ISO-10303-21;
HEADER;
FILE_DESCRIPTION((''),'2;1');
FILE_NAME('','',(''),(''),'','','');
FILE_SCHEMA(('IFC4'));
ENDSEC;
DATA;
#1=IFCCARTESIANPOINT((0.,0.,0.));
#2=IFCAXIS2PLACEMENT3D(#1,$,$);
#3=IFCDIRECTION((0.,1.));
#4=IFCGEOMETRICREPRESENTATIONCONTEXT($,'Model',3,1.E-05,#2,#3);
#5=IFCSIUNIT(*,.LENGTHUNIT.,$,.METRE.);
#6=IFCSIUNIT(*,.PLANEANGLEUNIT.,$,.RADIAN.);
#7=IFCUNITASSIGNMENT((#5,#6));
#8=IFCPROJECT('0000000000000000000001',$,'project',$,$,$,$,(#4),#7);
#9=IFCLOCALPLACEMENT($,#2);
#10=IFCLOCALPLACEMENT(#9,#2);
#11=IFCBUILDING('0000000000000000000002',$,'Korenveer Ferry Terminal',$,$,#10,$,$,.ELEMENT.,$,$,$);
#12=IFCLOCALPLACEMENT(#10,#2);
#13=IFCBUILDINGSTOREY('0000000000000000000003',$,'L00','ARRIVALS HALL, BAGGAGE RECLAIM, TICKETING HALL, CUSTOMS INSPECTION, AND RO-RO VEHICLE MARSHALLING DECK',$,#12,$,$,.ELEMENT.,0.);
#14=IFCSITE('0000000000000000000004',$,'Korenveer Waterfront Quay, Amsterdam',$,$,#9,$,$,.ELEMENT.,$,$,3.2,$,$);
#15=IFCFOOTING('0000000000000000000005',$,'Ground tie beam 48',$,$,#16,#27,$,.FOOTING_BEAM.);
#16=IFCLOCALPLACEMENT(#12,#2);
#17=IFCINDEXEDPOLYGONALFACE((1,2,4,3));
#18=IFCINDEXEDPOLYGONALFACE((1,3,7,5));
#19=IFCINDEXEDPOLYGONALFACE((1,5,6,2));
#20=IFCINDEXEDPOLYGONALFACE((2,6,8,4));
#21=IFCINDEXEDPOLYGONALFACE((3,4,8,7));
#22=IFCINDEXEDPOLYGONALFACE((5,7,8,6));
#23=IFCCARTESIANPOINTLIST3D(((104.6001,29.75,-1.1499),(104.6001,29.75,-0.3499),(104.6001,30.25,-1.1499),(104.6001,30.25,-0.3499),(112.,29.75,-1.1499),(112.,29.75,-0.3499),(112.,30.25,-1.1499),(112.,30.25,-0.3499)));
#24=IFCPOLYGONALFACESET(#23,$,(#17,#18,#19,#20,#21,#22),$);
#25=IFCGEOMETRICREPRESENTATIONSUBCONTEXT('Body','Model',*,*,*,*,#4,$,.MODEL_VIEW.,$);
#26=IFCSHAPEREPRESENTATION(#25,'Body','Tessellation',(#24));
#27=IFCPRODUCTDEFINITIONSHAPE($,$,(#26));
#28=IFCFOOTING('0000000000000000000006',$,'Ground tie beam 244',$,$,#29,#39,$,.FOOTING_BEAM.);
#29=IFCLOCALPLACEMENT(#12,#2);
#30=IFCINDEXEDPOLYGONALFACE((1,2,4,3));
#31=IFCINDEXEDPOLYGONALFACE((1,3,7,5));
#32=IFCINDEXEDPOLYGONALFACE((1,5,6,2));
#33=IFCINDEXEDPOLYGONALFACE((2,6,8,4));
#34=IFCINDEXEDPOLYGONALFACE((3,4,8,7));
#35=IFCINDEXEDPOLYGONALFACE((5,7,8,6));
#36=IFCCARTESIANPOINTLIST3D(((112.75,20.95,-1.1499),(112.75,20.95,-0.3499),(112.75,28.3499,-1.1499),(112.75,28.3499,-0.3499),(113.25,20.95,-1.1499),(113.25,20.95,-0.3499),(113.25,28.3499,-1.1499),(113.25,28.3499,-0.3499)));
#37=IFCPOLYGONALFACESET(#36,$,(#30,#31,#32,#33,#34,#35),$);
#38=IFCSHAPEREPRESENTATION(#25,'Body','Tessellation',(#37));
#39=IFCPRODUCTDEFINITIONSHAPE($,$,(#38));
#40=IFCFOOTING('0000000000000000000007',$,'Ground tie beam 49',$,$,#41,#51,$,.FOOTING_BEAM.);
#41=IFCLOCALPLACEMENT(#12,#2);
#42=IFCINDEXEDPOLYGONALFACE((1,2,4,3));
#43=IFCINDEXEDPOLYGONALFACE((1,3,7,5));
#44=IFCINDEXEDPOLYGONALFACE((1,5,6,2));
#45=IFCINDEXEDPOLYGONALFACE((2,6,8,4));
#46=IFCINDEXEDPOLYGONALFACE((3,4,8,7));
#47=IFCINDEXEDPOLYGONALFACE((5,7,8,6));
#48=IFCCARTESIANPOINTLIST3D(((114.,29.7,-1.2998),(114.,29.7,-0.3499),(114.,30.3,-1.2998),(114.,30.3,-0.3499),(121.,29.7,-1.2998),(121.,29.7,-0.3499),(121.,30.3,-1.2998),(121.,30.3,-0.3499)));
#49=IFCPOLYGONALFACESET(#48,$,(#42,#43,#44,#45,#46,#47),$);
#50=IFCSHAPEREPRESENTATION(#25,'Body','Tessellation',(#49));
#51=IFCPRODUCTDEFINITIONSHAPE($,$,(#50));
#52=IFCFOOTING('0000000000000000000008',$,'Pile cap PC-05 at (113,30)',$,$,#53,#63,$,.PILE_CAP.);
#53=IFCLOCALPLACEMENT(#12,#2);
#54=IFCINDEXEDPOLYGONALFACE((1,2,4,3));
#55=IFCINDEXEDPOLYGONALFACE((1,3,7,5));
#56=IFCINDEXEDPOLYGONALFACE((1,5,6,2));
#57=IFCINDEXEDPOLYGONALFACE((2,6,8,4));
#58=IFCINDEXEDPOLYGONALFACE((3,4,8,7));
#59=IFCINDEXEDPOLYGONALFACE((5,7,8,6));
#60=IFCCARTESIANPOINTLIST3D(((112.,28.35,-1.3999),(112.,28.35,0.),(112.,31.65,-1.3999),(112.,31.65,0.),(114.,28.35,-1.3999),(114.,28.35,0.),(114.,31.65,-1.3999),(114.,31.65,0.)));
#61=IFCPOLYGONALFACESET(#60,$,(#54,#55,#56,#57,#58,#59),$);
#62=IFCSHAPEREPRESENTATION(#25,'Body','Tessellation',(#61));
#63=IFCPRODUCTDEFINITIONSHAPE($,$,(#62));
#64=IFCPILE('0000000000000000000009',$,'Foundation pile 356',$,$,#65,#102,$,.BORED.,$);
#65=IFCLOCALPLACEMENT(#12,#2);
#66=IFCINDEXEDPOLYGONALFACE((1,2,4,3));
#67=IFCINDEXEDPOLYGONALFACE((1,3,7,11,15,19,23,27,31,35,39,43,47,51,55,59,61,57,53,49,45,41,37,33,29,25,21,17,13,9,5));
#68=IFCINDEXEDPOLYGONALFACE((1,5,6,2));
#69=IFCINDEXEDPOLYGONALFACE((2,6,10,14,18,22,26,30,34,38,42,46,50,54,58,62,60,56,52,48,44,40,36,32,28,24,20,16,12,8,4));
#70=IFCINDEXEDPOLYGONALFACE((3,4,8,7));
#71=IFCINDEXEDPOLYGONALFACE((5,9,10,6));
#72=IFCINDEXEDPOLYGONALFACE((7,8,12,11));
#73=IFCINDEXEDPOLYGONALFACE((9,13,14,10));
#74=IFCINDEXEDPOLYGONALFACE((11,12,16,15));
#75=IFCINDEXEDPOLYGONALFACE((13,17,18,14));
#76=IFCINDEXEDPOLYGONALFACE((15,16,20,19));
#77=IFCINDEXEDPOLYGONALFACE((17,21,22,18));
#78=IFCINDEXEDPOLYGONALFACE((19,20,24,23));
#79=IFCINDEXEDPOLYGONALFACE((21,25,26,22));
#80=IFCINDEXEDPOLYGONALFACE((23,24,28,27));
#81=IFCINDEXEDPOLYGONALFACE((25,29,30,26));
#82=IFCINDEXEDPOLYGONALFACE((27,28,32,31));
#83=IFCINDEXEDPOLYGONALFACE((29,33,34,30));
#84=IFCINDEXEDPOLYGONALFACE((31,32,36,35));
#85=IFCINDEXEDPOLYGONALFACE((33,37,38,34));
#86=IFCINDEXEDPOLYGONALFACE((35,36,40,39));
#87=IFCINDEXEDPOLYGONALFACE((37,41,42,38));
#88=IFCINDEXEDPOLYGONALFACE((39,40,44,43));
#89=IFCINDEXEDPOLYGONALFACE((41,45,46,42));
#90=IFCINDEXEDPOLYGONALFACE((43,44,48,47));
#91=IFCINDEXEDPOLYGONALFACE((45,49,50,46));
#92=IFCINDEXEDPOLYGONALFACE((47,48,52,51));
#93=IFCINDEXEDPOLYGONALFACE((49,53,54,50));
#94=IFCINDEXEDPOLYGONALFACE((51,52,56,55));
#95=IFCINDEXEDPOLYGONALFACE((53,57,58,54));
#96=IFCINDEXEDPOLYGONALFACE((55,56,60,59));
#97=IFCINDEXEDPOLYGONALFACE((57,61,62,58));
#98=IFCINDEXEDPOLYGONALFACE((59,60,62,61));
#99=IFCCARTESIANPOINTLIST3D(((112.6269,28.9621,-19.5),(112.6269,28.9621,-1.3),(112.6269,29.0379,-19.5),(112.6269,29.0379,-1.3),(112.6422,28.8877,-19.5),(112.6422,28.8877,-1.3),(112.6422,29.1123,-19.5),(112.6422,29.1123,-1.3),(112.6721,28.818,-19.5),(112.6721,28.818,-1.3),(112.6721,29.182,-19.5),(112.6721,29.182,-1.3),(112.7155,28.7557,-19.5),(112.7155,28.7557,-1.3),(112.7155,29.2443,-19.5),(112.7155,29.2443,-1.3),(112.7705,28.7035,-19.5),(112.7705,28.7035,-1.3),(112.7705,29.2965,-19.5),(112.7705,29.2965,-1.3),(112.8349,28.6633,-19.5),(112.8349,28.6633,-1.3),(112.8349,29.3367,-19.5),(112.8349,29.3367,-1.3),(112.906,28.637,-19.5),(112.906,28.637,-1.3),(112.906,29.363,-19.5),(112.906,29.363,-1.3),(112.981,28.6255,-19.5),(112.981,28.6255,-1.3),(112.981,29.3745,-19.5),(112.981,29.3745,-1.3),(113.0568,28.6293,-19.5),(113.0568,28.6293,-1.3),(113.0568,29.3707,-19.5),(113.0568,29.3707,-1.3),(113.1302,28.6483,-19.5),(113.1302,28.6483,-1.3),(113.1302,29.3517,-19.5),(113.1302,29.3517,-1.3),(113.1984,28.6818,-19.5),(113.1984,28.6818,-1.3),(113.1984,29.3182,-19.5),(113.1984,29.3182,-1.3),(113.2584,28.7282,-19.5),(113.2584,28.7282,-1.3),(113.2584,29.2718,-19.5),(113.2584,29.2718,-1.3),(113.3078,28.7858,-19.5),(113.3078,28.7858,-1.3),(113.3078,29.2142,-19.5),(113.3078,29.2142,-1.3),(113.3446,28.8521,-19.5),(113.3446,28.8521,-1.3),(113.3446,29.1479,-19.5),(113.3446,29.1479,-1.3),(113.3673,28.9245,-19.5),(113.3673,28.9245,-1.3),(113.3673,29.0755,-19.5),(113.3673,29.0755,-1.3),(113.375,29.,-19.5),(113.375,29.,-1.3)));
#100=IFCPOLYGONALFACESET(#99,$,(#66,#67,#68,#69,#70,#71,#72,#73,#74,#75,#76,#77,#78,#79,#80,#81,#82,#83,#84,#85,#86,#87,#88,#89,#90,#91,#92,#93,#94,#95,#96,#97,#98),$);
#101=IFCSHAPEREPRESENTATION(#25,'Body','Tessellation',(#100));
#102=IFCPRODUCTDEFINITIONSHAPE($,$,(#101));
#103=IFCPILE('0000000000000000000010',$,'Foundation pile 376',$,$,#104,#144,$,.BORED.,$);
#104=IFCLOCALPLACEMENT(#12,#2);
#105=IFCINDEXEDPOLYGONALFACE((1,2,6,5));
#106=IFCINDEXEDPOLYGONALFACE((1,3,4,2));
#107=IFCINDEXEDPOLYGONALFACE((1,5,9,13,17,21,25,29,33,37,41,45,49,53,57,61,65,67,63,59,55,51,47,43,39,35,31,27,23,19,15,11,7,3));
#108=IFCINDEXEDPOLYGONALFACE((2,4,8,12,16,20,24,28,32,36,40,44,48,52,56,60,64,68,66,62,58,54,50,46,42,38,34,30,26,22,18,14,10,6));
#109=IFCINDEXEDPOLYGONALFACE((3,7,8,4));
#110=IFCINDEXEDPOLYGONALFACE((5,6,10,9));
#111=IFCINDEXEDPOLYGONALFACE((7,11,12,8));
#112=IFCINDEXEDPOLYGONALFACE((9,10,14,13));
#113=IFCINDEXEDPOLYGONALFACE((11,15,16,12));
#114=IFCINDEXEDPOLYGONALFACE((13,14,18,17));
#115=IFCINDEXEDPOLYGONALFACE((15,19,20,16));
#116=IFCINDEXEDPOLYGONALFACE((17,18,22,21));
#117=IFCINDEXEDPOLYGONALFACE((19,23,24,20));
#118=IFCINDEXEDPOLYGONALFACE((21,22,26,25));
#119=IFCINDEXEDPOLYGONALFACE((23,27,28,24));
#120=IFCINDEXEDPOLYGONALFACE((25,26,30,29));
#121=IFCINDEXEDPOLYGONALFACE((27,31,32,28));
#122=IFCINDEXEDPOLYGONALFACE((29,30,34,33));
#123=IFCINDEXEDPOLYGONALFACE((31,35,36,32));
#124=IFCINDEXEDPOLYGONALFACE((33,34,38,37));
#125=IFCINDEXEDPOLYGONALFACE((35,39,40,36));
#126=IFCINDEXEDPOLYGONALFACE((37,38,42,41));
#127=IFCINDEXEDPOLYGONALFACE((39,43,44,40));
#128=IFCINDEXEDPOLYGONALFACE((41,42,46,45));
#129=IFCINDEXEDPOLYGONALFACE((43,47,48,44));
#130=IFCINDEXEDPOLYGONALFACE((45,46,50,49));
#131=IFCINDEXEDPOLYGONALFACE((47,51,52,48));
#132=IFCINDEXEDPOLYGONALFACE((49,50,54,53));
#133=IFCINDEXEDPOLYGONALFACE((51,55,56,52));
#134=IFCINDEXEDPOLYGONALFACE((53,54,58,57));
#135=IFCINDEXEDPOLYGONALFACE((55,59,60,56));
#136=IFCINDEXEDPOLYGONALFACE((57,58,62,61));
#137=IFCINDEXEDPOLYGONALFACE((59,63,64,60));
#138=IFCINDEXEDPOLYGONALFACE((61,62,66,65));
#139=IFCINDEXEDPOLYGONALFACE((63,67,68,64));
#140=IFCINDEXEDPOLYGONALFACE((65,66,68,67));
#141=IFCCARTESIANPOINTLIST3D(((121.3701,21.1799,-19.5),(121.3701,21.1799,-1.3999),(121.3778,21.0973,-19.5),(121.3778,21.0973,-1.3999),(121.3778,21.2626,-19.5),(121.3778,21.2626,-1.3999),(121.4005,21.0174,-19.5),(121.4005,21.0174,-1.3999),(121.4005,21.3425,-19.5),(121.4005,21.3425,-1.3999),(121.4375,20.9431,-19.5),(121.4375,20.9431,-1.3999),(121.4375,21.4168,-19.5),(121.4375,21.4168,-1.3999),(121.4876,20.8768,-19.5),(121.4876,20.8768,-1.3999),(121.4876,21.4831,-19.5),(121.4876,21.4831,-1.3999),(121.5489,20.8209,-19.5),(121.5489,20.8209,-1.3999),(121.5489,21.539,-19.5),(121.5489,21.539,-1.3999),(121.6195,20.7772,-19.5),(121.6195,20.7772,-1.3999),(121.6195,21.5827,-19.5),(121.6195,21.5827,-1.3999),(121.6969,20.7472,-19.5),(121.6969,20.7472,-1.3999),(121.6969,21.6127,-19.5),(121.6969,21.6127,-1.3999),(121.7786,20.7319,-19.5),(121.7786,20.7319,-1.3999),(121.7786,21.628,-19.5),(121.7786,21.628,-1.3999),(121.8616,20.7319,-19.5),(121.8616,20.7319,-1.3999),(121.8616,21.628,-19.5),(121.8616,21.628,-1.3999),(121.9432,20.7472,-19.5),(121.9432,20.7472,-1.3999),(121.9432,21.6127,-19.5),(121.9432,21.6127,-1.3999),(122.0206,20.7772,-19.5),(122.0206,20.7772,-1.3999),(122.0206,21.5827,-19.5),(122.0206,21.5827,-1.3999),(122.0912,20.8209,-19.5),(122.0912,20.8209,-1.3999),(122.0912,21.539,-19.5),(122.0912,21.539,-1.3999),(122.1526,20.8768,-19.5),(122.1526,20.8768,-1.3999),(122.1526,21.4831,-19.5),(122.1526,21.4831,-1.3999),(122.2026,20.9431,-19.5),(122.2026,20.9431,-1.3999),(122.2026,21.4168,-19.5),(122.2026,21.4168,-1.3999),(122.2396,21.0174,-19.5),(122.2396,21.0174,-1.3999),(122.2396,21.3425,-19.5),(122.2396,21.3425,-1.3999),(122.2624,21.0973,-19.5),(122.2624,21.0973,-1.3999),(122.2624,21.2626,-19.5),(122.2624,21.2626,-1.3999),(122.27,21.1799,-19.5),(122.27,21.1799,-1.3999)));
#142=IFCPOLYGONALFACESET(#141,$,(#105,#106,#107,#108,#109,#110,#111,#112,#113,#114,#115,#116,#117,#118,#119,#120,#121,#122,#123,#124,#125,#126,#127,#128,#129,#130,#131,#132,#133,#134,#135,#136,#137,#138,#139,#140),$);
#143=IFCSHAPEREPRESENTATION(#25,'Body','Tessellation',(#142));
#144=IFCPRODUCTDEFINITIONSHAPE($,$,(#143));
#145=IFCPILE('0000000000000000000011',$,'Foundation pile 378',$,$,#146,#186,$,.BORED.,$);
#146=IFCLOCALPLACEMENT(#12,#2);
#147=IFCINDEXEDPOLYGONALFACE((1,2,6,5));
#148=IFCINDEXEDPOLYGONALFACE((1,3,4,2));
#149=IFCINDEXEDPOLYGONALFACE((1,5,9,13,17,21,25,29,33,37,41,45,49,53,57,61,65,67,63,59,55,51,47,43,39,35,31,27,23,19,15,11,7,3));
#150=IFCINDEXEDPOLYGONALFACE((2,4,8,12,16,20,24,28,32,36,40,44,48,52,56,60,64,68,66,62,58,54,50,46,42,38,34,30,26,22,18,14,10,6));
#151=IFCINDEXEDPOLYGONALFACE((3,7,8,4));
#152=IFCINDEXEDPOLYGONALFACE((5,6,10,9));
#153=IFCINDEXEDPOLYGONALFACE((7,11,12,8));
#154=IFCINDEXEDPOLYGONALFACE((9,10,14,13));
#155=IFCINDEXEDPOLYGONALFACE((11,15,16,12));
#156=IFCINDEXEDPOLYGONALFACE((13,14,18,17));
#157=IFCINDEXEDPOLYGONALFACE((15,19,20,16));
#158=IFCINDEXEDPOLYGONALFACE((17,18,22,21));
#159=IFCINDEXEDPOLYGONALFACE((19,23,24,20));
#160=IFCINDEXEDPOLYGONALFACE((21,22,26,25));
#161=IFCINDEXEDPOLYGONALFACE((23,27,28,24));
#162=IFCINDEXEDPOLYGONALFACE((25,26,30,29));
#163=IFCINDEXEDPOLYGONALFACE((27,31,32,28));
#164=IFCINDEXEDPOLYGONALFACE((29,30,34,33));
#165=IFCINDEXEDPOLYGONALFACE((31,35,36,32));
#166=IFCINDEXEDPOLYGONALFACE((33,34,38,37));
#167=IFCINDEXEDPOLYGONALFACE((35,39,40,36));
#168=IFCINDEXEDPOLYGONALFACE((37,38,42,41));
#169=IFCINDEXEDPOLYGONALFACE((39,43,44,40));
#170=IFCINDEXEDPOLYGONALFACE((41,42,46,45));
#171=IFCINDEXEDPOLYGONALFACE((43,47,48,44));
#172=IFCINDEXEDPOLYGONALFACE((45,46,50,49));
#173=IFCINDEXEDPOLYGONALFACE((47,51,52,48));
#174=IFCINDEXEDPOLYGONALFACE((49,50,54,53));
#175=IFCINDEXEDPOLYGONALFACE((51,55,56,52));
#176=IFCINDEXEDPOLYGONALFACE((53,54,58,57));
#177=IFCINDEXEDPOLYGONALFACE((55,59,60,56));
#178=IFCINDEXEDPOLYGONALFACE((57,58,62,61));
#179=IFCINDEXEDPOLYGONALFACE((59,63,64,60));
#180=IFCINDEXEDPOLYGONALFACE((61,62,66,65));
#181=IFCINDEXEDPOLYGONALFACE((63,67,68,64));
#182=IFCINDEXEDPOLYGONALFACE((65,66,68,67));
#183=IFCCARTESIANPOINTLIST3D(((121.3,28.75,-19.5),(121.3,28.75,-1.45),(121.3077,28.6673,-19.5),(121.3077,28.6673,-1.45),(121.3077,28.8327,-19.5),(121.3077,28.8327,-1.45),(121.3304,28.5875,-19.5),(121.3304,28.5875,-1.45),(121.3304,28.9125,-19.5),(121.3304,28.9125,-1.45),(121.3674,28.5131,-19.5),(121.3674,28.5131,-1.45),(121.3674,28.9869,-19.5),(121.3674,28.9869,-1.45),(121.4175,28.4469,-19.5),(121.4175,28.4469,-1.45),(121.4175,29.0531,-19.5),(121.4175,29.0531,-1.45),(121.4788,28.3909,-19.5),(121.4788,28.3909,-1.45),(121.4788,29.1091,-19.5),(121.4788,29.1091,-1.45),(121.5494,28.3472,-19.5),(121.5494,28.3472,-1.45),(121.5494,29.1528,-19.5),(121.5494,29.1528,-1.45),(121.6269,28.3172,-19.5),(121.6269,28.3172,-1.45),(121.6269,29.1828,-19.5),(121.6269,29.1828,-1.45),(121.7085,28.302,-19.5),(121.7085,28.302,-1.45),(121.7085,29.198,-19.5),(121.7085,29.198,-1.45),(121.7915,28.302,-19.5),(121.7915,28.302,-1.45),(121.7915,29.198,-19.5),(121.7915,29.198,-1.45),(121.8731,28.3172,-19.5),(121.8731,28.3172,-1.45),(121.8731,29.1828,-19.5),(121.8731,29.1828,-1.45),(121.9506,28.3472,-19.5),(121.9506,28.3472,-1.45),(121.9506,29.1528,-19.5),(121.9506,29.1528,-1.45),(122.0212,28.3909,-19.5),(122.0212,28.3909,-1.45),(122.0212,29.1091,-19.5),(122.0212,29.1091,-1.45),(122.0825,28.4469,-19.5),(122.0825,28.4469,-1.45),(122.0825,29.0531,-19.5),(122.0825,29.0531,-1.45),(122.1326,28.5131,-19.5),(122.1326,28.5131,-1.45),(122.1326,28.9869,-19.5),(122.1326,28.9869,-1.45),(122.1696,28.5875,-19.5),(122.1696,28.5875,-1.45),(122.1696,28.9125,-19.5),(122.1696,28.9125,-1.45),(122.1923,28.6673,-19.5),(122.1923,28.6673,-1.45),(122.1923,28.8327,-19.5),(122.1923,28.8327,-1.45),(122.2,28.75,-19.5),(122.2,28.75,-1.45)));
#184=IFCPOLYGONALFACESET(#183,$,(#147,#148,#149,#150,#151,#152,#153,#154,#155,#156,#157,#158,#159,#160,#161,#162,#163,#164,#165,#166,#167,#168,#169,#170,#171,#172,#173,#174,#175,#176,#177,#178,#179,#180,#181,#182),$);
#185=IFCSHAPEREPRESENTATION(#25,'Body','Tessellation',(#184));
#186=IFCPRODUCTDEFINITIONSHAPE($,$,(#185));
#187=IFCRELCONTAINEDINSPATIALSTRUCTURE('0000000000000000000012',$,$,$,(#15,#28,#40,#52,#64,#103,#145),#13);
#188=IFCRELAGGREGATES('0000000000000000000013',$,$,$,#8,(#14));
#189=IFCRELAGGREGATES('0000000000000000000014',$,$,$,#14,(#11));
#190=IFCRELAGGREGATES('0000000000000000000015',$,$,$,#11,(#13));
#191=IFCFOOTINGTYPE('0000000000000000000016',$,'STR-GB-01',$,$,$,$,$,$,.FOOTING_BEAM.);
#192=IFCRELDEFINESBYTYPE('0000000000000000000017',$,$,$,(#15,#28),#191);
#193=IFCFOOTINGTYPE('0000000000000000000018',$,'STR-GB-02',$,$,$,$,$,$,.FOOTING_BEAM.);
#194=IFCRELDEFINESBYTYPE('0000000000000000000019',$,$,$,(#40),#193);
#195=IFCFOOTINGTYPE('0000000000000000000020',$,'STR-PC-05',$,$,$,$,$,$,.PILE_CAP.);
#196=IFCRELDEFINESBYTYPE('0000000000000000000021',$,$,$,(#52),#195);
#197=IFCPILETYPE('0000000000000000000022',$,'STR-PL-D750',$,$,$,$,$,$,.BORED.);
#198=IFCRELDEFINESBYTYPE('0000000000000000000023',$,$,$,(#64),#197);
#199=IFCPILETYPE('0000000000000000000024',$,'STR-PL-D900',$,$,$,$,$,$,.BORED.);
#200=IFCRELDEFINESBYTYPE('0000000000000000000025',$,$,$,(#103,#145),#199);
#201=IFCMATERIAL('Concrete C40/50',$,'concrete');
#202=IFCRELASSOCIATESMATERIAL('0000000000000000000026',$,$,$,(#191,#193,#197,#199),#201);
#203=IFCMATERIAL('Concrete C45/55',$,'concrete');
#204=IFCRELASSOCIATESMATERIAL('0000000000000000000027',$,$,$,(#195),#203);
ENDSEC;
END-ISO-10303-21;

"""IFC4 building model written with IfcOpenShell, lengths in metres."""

from ifc_helpers import new_model, si_unit, direction, frame, origin, origin_2d, place, context, subcontext, project, spatial, rectangle, circle, extrude, material, material_profile, profile_set, type_object, element, save


model = new_model("IFC4")

# Units and contexts
model_context = context("Model", 3, precision=1e-05, world=origin(), true_north=direction((0.0, 1.0)))
body_context = subcontext(model_context, "Body", "Model", "MODEL_VIEW")
ifc_project = project(units=[si_unit("LENGTHUNIT", "METRE"), si_unit("PLANEANGLEUNIT", "RADIAN")], contexts=[model_context])

# Site, building, storey
site_placement = place(None, origin())
site = spatial("IfcSite", under=ifc_project, at=site_placement, Name="Korenveer Waterfront Quay, Amsterdam", CompositionType="ELEMENT", RefElevation=3.2)
building_placement = place(site_placement, origin())
building = spatial("IfcBuilding", under=site, at=building_placement, Name="Korenveer Ferry Terminal", CompositionType="ELEMENT")
storey_placement = place(building_placement, origin())
storey = spatial("IfcBuildingStorey", under=building, at=storey_placement, Name="L00", Description="ARRIVALS HALL, BAGGAGE RECLAIM, TICKETING HALL, CUSTOMS INSPECTION, AND RO-RO VEHICLE MARSHALLING DECK", CompositionType="ELEMENT", Elevation=0.0)

# Footings
ifc_material_1 = material(Name="Concrete C40/50", Category="concrete")
footing_type_1 = type_object("IfcFootingType", Name="STR-GB-01", PredefinedType="FOOTING_BEAM", material=ifc_material_1)
footing_1_placement = place(storey_placement, frame((108.3, 30.0, -1.1499), z_axis=(0.0, 0.0, 1.0), x_axis=(1.0, 0.0, 0.0)))
element("IfcFooting", 1, at=footing_1_placement, inside=storey, type_object=footing_type_1, Name="Ground tie beam 48", PredefinedType="FOOTING_BEAM", context=body_context, shape_type="SweptSolid", body=[
    extrude(rectangle(XDim=7.3999, YDim=0.5, at=origin_2d()), origin(), (0.0, 0.0, 1.0), 0.8),
])
footing_2_placement = place(storey_placement, frame((113.0, 24.6499, -1.1499), z_axis=(0.0, 0.0, 1.0), x_axis=(1.0, 0.0, 0.0)))
element("IfcFooting", 2, at=footing_2_placement, inside=storey, type_object=footing_type_1, Name="Ground tie beam 244", PredefinedType="FOOTING_BEAM", context=body_context, shape_type="SweptSolid", body=[
    extrude(rectangle(XDim=0.5, YDim=7.3999, at=origin_2d()), origin(), (0.0, 0.0, 1.0), 0.8),
])
footing_type_2 = type_object("IfcFootingType", Name="STR-GB-02", PredefinedType="FOOTING_BEAM", material=ifc_material_1)
footing_3_placement = place(storey_placement, frame((117.5, 30.0, -1.2998), z_axis=(0.0, 0.0, 1.0), x_axis=(1.0, 0.0, 0.0)))
element("IfcFooting", 3, at=footing_3_placement, inside=storey, type_object=footing_type_2, Name="Ground tie beam 49", PredefinedType="FOOTING_BEAM", context=body_context, shape_type="SweptSolid", body=[
    extrude(rectangle(XDim=7.0, YDim=0.6001, at=origin_2d()), origin(), (0.0, 0.0, 1.0), 0.95),
])
ifc_material_2 = material(Name="Concrete C45/55", Category="concrete")
footing_type_3 = type_object("IfcFootingType", Name="STR-PC-05", PredefinedType="PILE_CAP", material=ifc_material_2)
footing_4_placement = place(storey_placement, frame((113.0, 30.0, -1.3999), z_axis=(0.0, 0.0, 1.0), x_axis=(1.0, 0.0, 0.0)))
element("IfcFooting", 4, at=footing_4_placement, inside=storey, type_object=footing_type_3, Name="Pile cap PC-05 at (113,30)", PredefinedType="PILE_CAP", context=body_context, shape_type="SweptSolid", body=[
    extrude(rectangle(XDim=2.0, YDim=3.3, at=origin_2d()), origin(), (0.0, 0.0, 1.0), 1.3999),
])

# Piles
ifc_material_profile_1 = material_profile(ifc_material_1, circle(Radius=0.375, at=origin_2d()), Name="PILE D750")
ifc_profile_set_1 = profile_set([ifc_material_profile_1], Name="Concrete C40/50")
pile_type_1 = type_object("IfcPileType", Name="STR-PL-D750", PredefinedType="BORED", material=ifc_profile_set_1)
pile_1_placement = place(storey_placement, frame((113.0, 29.0, -1.3), z_axis=(0.0, 0.0, -1.0), x_axis=(1.0, 0.0, 0.0)))
element("IfcPile", 5, at=pile_1_placement, inside=storey, type_object=pile_type_1, Name="Foundation pile 356", PredefinedType="BORED", context=body_context, shape_type="SweptSolid", body=[
    extrude(circle(Radius=0.375, at=origin_2d()), origin(), (0.0, 0.0, 1.0), 18.2),
])
ifc_material_profile_2 = material_profile(ifc_material_1, circle(Radius=0.45, at=origin_2d()), Name="PILE D900")
ifc_profile_set_2 = profile_set([ifc_material_profile_2], Name="Concrete C40/50")
pile_type_2 = type_object("IfcPileType", Name="STR-PL-D900", PredefinedType="BORED", material=ifc_profile_set_2)
pile_2_placement = place(storey_placement, frame((121.8201, 21.1799, -1.3999), z_axis=(0.0, 0.0, -1.0), x_axis=(1.0, 0.0, 0.0)))
element("IfcPile", 6, at=pile_2_placement, inside=storey, type_object=pile_type_2, Name="Foundation pile 376", PredefinedType="BORED", context=body_context, shape_type="SweptSolid", body=[
    extrude(circle(Radius=0.45, at=origin_2d()), origin(), (0.0, 0.0, 1.0), 18.1001),
])
pile_3_placement = place(storey_placement, frame((121.75, 28.75, -1.45), z_axis=(0.0, 0.0, -1.0), x_axis=(1.0, 0.0, 0.0)))
element("IfcPile", 7, at=pile_3_placement, inside=storey, type_object=pile_type_2, Name="Foundation pile 378", PredefinedType="BORED", context=body_context, shape_type="SweptSolid", body=[
    extrude(circle(Radius=0.45, at=origin_2d()), origin(), (0.0, 0.0, 1.0), 18.05),
])

save(model, "model.ifc")
